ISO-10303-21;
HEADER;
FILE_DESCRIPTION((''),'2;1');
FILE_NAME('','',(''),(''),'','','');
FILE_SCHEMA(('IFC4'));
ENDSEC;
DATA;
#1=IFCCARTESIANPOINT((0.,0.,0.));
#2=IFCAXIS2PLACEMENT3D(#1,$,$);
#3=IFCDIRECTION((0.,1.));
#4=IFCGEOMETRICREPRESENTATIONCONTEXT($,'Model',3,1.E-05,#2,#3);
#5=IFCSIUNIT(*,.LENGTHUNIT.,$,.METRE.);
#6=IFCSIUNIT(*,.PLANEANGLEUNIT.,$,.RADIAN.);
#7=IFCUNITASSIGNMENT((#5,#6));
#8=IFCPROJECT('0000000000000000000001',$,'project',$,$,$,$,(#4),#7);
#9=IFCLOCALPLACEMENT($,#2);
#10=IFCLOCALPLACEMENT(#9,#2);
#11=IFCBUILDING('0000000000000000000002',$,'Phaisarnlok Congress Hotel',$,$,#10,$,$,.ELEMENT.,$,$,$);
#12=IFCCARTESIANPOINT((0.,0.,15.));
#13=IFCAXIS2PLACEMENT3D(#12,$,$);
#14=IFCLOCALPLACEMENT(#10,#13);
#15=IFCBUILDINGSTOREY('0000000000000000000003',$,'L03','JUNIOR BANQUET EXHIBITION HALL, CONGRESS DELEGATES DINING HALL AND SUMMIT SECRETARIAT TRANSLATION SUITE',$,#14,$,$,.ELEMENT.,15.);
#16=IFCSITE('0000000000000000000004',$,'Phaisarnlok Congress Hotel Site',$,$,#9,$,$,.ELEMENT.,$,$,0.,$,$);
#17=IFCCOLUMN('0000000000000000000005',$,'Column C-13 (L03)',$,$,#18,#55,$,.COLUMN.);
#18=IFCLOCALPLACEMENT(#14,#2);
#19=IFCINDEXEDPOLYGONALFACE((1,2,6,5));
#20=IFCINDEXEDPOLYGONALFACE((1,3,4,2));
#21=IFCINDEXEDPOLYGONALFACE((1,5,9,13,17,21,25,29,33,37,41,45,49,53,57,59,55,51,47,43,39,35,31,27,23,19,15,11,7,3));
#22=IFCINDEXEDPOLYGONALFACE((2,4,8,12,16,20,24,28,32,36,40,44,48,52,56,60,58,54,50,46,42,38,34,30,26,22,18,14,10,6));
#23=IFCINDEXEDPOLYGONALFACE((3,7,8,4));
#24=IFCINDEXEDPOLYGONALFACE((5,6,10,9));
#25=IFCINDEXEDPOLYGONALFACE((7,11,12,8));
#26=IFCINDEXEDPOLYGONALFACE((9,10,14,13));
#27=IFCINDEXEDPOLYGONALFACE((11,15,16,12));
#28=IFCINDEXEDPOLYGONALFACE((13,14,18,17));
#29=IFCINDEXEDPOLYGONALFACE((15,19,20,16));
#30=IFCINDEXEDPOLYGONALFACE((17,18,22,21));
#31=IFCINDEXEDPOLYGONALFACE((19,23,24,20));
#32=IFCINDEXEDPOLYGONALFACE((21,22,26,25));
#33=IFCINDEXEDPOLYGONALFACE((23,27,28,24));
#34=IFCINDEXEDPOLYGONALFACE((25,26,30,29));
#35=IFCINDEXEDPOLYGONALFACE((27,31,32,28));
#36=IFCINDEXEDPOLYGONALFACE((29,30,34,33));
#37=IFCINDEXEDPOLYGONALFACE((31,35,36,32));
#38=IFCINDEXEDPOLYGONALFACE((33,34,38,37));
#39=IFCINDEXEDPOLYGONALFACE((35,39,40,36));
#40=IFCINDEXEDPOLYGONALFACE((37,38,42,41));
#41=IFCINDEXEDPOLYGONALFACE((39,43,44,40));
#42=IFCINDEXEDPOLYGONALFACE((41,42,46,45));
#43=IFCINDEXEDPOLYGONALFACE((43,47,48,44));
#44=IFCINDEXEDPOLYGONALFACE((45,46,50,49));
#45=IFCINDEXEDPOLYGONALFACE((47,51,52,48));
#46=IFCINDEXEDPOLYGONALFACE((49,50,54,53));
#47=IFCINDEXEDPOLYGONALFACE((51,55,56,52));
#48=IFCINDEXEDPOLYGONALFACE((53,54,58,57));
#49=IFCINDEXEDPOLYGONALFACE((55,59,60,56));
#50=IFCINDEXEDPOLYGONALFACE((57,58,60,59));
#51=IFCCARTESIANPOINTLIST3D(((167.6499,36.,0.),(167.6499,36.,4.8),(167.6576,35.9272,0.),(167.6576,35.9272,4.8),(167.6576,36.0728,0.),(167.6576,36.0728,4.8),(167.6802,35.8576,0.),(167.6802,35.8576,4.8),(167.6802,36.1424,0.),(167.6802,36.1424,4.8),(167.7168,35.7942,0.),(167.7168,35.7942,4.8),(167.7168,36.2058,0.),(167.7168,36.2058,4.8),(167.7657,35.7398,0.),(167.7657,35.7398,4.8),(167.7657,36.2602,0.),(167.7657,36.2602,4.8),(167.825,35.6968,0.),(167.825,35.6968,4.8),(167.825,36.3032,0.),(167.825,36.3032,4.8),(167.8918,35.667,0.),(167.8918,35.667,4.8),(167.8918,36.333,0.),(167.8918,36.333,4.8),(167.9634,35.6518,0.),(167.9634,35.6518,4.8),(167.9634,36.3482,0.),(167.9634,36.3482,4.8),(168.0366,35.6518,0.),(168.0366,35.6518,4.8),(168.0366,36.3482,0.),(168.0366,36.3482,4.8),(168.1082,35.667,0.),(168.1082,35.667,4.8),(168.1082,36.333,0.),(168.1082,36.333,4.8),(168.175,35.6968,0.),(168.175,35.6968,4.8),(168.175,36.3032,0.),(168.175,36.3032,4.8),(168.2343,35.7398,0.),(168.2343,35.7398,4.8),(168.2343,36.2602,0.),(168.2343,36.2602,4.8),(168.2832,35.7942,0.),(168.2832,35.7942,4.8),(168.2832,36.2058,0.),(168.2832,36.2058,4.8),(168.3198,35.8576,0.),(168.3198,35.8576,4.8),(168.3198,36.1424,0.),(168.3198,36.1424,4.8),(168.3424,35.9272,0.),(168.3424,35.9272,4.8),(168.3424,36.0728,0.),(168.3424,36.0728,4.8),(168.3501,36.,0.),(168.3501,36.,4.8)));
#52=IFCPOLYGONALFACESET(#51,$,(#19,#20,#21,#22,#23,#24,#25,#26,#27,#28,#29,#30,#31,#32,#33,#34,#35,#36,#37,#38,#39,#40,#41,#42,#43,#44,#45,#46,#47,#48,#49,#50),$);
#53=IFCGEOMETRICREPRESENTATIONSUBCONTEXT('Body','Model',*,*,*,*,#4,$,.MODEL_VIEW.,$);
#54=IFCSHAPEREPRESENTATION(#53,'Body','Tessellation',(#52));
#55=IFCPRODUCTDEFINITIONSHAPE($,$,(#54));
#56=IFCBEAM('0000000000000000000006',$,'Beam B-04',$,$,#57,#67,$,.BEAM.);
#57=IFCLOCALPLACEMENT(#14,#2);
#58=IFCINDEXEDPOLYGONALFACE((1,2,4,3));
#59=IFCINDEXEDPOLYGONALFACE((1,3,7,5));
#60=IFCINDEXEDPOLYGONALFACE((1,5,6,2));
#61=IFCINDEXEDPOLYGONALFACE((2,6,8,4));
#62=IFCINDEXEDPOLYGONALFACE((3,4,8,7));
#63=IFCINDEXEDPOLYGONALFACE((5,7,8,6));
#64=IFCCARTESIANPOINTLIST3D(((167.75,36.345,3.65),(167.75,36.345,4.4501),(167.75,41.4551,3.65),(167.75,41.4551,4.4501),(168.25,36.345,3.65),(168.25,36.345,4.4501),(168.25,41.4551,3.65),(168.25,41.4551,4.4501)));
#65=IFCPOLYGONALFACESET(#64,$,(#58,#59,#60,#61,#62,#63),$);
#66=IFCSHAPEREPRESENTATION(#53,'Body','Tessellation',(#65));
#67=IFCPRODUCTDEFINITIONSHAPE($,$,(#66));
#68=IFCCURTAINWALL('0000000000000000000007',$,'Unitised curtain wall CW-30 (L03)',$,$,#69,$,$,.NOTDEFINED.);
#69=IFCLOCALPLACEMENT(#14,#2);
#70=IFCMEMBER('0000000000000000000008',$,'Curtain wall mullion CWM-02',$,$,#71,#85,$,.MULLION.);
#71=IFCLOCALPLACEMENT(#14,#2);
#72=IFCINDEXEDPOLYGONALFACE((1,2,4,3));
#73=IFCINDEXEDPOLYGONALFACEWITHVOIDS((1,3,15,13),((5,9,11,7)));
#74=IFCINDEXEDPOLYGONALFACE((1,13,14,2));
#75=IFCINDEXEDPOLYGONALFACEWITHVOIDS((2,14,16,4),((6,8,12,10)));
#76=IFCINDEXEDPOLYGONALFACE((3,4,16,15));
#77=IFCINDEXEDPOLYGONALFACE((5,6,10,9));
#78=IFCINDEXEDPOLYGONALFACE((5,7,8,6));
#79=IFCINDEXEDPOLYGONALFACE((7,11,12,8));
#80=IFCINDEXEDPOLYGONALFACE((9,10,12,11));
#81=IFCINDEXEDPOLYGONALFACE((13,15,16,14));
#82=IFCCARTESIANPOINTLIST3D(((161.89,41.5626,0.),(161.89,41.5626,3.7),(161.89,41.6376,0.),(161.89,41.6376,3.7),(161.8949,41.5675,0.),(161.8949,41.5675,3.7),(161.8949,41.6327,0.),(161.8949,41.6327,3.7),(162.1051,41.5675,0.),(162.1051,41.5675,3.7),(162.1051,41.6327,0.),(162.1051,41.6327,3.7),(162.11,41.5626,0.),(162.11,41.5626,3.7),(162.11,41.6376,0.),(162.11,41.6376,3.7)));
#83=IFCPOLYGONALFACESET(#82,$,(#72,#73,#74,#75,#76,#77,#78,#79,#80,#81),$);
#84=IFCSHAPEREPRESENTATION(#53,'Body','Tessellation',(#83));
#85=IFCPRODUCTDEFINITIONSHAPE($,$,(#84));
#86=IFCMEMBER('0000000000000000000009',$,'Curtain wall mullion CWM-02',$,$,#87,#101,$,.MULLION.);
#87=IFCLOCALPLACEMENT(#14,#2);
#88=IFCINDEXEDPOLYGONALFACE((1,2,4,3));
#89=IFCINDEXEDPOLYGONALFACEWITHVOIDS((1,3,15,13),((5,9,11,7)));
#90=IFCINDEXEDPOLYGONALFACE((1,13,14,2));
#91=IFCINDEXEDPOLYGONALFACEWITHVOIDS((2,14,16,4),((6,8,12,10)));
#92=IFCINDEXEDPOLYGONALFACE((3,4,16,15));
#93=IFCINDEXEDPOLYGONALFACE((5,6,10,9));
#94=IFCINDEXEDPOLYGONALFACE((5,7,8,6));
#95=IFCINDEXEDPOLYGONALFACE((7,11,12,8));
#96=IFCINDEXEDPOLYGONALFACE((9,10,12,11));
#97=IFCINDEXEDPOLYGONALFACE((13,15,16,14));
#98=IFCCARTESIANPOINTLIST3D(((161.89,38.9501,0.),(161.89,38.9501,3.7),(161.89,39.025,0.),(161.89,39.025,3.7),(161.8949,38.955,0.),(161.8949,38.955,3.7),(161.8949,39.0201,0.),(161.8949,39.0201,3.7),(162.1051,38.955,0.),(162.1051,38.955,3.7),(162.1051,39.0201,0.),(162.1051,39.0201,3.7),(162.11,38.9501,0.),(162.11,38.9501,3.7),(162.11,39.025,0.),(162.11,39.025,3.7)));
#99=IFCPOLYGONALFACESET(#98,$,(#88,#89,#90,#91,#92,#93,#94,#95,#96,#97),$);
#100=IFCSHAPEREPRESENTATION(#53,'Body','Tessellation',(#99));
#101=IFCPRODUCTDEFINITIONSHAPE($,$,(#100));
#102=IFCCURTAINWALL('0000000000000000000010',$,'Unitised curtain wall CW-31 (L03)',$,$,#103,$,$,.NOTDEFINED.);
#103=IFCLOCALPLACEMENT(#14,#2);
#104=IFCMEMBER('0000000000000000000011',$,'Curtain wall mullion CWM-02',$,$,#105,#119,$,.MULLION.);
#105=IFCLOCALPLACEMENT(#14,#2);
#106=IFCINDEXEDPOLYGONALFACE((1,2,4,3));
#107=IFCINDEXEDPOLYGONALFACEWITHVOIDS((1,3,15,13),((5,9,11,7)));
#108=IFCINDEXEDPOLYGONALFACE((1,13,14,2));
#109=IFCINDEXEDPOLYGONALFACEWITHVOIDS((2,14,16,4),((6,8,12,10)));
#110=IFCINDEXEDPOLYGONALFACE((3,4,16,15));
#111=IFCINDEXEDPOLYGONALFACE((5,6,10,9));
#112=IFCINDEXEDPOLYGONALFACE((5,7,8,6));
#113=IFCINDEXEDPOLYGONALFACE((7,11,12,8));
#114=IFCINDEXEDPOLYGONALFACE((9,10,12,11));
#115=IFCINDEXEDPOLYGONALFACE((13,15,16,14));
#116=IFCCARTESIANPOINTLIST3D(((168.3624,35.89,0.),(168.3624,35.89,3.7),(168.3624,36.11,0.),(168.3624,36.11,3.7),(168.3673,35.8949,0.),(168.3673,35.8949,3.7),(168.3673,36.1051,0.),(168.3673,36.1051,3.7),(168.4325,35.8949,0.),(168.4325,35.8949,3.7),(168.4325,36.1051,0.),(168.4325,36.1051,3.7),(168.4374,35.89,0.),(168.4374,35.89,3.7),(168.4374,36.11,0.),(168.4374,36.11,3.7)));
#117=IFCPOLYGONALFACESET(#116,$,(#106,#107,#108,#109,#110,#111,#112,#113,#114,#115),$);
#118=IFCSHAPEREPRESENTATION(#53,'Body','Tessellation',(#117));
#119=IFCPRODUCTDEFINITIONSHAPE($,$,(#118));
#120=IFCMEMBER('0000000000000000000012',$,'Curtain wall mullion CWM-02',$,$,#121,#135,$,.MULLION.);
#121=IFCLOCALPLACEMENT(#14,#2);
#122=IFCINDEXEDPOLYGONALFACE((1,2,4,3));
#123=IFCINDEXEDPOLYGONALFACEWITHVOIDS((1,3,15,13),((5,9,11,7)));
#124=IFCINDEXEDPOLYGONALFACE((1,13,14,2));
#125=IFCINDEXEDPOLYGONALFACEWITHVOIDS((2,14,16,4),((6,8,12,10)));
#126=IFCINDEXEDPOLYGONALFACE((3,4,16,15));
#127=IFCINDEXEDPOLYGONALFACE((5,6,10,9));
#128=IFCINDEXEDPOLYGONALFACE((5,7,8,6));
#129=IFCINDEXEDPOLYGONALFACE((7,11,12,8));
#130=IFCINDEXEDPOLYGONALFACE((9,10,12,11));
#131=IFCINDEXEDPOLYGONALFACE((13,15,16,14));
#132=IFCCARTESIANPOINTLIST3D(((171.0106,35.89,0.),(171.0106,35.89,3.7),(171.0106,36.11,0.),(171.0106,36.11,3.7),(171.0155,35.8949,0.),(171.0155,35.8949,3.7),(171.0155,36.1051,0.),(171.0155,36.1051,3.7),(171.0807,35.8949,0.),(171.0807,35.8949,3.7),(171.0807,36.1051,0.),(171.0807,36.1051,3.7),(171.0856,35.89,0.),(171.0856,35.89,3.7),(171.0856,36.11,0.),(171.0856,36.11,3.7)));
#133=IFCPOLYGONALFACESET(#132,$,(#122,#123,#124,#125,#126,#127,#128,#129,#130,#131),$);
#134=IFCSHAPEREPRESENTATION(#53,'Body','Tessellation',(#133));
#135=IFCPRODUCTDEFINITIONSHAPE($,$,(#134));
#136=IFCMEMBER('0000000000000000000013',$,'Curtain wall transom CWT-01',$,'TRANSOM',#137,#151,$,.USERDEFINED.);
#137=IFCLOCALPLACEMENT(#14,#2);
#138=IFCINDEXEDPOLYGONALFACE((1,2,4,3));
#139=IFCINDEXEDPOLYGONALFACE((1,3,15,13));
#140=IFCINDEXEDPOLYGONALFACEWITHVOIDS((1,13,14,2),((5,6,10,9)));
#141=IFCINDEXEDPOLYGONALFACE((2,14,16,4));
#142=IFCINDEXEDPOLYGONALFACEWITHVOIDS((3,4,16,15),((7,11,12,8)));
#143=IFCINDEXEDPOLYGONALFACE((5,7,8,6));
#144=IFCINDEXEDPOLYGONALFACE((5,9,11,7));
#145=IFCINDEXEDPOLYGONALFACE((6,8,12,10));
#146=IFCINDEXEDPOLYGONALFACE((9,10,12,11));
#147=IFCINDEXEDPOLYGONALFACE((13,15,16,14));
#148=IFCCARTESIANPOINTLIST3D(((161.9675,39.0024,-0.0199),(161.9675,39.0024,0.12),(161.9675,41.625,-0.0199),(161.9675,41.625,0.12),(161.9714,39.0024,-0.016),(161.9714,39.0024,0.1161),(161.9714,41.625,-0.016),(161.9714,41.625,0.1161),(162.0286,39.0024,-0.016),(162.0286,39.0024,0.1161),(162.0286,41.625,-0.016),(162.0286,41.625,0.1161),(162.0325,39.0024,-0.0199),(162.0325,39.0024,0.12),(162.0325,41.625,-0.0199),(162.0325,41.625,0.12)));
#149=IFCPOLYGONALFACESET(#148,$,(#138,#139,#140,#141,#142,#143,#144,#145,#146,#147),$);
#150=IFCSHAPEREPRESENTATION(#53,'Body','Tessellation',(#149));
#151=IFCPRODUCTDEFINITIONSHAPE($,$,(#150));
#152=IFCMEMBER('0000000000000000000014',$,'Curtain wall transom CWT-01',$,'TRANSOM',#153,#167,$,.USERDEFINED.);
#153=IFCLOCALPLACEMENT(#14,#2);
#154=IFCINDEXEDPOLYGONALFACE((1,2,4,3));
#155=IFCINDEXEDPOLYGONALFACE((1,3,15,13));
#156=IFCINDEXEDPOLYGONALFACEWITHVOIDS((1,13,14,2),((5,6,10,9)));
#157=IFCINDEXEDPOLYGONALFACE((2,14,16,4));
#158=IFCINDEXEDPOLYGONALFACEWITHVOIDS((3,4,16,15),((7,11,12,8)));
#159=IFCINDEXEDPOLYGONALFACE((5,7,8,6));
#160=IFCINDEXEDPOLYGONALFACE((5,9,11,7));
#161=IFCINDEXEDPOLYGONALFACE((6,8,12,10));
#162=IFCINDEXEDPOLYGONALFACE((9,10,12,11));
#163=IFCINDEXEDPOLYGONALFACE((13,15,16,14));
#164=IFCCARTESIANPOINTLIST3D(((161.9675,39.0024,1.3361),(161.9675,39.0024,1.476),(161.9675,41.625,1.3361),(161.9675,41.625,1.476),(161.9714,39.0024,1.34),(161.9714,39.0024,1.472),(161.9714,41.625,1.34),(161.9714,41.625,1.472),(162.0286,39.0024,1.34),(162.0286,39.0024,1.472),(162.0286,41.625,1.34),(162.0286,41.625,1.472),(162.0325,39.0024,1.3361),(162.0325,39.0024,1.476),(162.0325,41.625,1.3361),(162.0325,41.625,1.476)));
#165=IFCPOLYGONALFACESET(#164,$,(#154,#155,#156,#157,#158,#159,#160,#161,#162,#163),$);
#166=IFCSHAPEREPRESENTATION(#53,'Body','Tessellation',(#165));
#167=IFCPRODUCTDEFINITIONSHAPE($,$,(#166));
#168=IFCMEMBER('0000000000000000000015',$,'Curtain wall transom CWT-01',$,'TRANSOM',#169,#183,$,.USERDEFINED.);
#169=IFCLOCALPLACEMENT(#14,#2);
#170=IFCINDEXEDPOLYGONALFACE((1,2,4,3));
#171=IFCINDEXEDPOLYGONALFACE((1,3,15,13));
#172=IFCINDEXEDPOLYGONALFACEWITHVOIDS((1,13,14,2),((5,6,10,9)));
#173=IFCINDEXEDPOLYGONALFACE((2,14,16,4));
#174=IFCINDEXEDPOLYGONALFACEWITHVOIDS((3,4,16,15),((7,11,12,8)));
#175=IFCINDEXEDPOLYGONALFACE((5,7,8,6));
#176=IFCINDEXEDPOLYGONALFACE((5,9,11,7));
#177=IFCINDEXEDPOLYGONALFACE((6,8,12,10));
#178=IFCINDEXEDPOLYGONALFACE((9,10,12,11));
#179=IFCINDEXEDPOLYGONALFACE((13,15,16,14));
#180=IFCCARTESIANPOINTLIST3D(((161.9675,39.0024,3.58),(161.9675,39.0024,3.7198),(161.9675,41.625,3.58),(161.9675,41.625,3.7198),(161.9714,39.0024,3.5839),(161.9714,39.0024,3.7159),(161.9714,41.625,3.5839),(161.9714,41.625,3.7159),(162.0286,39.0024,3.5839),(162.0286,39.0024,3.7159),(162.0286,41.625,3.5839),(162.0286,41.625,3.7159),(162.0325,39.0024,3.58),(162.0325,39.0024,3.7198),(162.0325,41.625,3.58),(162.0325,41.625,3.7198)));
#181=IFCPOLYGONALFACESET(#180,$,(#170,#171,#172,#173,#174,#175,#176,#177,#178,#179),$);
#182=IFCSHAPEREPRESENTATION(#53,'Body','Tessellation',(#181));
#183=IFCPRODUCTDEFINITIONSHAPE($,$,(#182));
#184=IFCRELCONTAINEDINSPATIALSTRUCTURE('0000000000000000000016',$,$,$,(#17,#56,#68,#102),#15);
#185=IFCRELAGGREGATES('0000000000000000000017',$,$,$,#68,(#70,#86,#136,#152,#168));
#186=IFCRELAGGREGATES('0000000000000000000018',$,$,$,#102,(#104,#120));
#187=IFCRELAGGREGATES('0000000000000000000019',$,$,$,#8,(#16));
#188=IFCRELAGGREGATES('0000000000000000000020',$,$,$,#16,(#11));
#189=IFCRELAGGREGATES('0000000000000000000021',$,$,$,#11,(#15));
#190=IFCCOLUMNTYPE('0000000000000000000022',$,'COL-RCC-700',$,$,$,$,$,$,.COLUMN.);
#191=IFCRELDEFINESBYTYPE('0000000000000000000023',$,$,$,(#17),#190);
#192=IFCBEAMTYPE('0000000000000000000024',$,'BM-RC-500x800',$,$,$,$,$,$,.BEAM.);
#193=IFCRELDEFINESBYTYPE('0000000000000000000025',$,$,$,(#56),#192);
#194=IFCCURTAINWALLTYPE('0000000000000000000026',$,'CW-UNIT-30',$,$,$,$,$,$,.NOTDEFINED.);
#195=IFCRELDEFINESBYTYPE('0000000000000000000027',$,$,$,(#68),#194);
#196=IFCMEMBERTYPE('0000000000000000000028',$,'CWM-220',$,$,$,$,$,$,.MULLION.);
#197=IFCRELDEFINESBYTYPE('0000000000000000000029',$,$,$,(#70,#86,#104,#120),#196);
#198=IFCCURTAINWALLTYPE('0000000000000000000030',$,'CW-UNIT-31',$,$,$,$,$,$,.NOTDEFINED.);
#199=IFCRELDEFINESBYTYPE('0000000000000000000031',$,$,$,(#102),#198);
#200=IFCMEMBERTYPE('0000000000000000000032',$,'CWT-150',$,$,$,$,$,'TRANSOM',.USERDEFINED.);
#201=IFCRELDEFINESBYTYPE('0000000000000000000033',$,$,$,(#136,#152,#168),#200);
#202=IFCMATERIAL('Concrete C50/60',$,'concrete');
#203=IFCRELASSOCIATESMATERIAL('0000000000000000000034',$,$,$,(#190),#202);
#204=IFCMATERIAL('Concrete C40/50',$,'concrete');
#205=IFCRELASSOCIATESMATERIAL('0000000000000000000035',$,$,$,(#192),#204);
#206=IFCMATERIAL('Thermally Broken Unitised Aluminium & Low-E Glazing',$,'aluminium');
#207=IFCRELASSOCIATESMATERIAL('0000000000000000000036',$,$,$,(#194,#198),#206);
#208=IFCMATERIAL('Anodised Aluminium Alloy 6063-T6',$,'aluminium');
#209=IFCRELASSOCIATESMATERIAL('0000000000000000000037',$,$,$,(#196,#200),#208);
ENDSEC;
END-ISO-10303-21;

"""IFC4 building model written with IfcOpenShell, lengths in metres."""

from ifc_helpers import new_model, si_unit, direction, frame, origin, origin_2d, place, context, subcontext, project, spatial, rectangle, hollow_rectangle, circle, extrude, material, material_profile, profile_set, type_object, element, aggregate, save


model = new_model("IFC4")

# Units and contexts
model_context = context("Model", 3, precision=1e-05, world=origin(), true_north=direction((0.0, 1.0)))
body_context = subcontext(model_context, "Body", "Model", "MODEL_VIEW")
ifc_project = project(units=[si_unit("LENGTHUNIT", "METRE"), si_unit("PLANEANGLEUNIT", "RADIAN")], contexts=[model_context])

# Site, building, storey
site_placement = place(None, origin())
site = spatial("IfcSite", under=ifc_project, at=site_placement, Name="Phaisarnlok Congress Hotel Site", CompositionType="ELEMENT", RefElevation=0.0)
building_placement = place(site_placement, origin())
building = spatial("IfcBuilding", under=site, at=building_placement, Name="Phaisarnlok Congress Hotel", CompositionType="ELEMENT")
storey_placement = place(building_placement, frame((0.0, 0.0, 15.0)))
storey = spatial("IfcBuildingStorey", under=building, at=storey_placement, Name="L03", Description="JUNIOR BANQUET EXHIBITION HALL, CONGRESS DELEGATES DINING HALL AND SUMMIT SECRETARIAT TRANSLATION SUITE", CompositionType="ELEMENT", Elevation=15.0)

# Column
ifc_material_1 = material(Name="Concrete C50/60", Category="concrete")
ifc_material_profile_1 = material_profile(ifc_material_1, circle(Radius=0.3501, at=origin_2d()), Name="RCC D700")
ifc_profile_set_1 = profile_set([ifc_material_profile_1], Name="Concrete C50/60")
column_type = type_object("IfcColumnType", Name="COL-RCC-700", PredefinedType="COLUMN", material=ifc_profile_set_1)
column_placement = place(storey_placement, frame((168.0, 36.0, 0.0), z_axis=(0.0, 0.0, 1.0), x_axis=(1.0, 0.0, 0.0)))
element("IfcColumn", 1, at=column_placement, inside=storey, type_object=column_type, Name="Column C-13 (L03)", PredefinedType="COLUMN", context=body_context, shape_type="SweptSolid", body=[
    extrude(circle(Radius=0.3501, at=origin_2d()), origin(), (0.0, 0.0, 1.0), 4.8),
])

# Beam
ifc_material_2 = material(Name="Concrete C40/50", Category="concrete")
ifc_material_profile_2 = material_profile(ifc_material_2, rectangle(XDim=0.5, YDim=0.8, at=origin_2d()), Name="RC 500x800")
ifc_profile_set_2 = profile_set([ifc_material_profile_2], Name="Concrete C40/50")
beam_type_1 = type_object("IfcBeamType", Name="BM-RC-500x800", PredefinedType="BEAM", material=ifc_profile_set_2)
beam_1_placement = place(storey_placement, frame((168.0, 36.345, 4.05), z_axis=(0.0, 1.0, 0.0), x_axis=(-1.0, 0.0, 0.0)))
element("IfcBeam", 2, at=beam_1_placement, inside=storey, type_object=beam_type_1, Name="Beam B-04", PredefinedType="BEAM", context=body_context, shape_type="SweptSolid", body=[
    extrude(rectangle(XDim=0.5, YDim=0.8, at=origin_2d()), origin(), (0.0, 0.0, 1.0), 5.1101),
])

# Curtain walls, members
ifc_material_3 = material(Name="Thermally Broken Unitised Aluminium & Low-E Glazing", Category="aluminium")
curtain_wall_type_1 = type_object("IfcCurtainWallType", Name="CW-UNIT-30", PredefinedType="NOTDEFINED", material=ifc_material_3)
curtain_wall_1_placement = place(storey_placement, origin())
curtain_wall_1 = element("IfcCurtainWall", 3, at=curtain_wall_1_placement, inside=storey, type_object=curtain_wall_type_1, Name="Unitised curtain wall CW-30 (L03)", PredefinedType="NOTDEFINED")
ifc_material_4 = material(Name="Anodised Aluminium Alloy 6063-T6", Category="aluminium")
ifc_material_profile_3 = material_profile(ifc_material_4, hollow_rectangle(XDim=0.075, YDim=0.22, WallThickness=0.0049, at=origin_2d()), Name="ALU-M 75x220x5")
ifc_profile_set_3 = profile_set([ifc_material_profile_3], Name="Anodised Aluminium Alloy 6063-T6")
member_type_1 = type_object("IfcMemberType", Name="CWM-220", PredefinedType="MULLION", material=ifc_profile_set_3)
member_1_placement = place(storey_placement, frame((162.0, 41.6001, 0.0), z_axis=(0.0, 0.0, 1.0), x_axis=(0.0, -1.0, 0.0)))
member_1 = element("IfcMember", 4, at=member_1_placement, type_object=member_type_1, Name="Curtain wall mullion CWM-02", PredefinedType="MULLION", context=body_context, shape_type="SweptSolid", body=[
    extrude(hollow_rectangle(XDim=0.075, YDim=0.22, WallThickness=0.0049, at=origin_2d()), origin(), (0.0, 0.0, 1.0), 3.7),
])
member_2_placement = place(storey_placement, frame((162.0, 38.9875, 0.0), z_axis=(0.0, 0.0, 1.0), x_axis=(0.0, -1.0, 0.0)))
member_2 = element("IfcMember", 5, at=member_2_placement, type_object=member_type_1, Name="Curtain wall mullion CWM-02", PredefinedType="MULLION", context=body_context, shape_type="SweptSolid", body=[
    extrude(hollow_rectangle(XDim=0.075, YDim=0.22, WallThickness=0.0049, at=origin_2d()), origin(), (0.0, 0.0, 1.0), 3.7),
])
curtain_wall_type_2 = type_object("IfcCurtainWallType", Name="CW-UNIT-31", PredefinedType="NOTDEFINED", material=ifc_material_3)
curtain_wall_2_placement = place(storey_placement, origin())
curtain_wall_2 = element("IfcCurtainWall", 6, at=curtain_wall_2_placement, inside=storey, type_object=curtain_wall_type_2, Name="Unitised curtain wall CW-31 (L03)", PredefinedType="NOTDEFINED")
member_3_placement = place(storey_placement, frame((168.3999, 36.0, 0.0), z_axis=(0.0, 0.0, 1.0), x_axis=(1.0, 0.0, 0.0)))
member_3 = element("IfcMember", 7, at=member_3_placement, type_object=member_type_1, Name="Curtain wall mullion CWM-02", PredefinedType="MULLION", context=body_context, shape_type="SweptSolid", body=[
    extrude(hollow_rectangle(XDim=0.075, YDim=0.22, WallThickness=0.0049, at=origin_2d()), origin(), (0.0, 0.0, 1.0), 3.7),
])
member_4_placement = place(storey_placement, frame((171.0481, 36.0, 0.0), z_axis=(0.0, 0.0, 1.0), x_axis=(1.0, 0.0, 0.0)))
member_4 = element("IfcMember", 8, at=member_4_placement, type_object=member_type_1, Name="Curtain wall mullion CWM-02", PredefinedType="MULLION", context=body_context, shape_type="SweptSolid", body=[
    extrude(hollow_rectangle(XDim=0.075, YDim=0.22, WallThickness=0.0049, at=origin_2d()), origin(), (0.0, 0.0, 1.0), 3.7),
])

# Members
ifc_material_profile_4 = material_profile(ifc_material_4, hollow_rectangle(XDim=0.0649, YDim=0.1399, WallThickness=0.0039, at=origin_2d()), Name="ALU-T 65x140x4")
ifc_profile_set_4 = profile_set([ifc_material_profile_4], Name="Anodised Aluminium Alloy 6063-T6")
member_type_2 = type_object("IfcMemberType", Name="CWT-150", ElementType="TRANSOM", PredefinedType="USERDEFINED", material=ifc_profile_set_4)
member_5_placement = place(storey_placement, frame((162.0, 41.625, 0.05), z_axis=(0.0, -1.0, 0.0), x_axis=(1.0, 0.0, 0.0)))
member_5 = element("IfcMember", 9, at=member_5_placement, type_object=member_type_2, Name="Curtain wall transom CWT-01", ObjectType="TRANSOM", PredefinedType="USERDEFINED", context=body_context, shape_type="SweptSolid", body=[
    extrude(hollow_rectangle(XDim=0.0649, YDim=0.1399, WallThickness=0.0039, at=origin_2d()), origin(), (0.0, 0.0, 1.0), 2.6226),
])
member_6_placement = place(storey_placement, frame((162.0, 41.625, 1.406), z_axis=(0.0, -1.0, 0.0), x_axis=(1.0, 0.0, 0.0)))
member_6 = element("IfcMember", 10, at=member_6_placement, type_object=member_type_2, Name="Curtain wall transom CWT-01", ObjectType="TRANSOM", PredefinedType="USERDEFINED", context=body_context, shape_type="SweptSolid", body=[
    extrude(hollow_rectangle(XDim=0.0649, YDim=0.1399, WallThickness=0.0039, at=origin_2d()), origin(), (0.0, 0.0, 1.0), 2.6226),
])
member_7_placement = place(storey_placement, frame((162.0, 41.625, 3.6499), z_axis=(0.0, -1.0, 0.0), x_axis=(1.0, 0.0, 0.0)))
member_7 = element("IfcMember", 11, at=member_7_placement, type_object=member_type_2, Name="Curtain wall transom CWT-01", ObjectType="TRANSOM", PredefinedType="USERDEFINED", context=body_context, shape_type="SweptSolid", body=[
    extrude(hollow_rectangle(XDim=0.0649, YDim=0.1399, WallThickness=0.0039, at=origin_2d()), origin(), (0.0, 0.0, 1.0), 2.6226),
])

aggregate(curtain_wall_1, [member_1, member_2, member_5, member_6, member_7])
aggregate(curtain_wall_2, [member_3, member_4])

save(model, "model.ifc")
